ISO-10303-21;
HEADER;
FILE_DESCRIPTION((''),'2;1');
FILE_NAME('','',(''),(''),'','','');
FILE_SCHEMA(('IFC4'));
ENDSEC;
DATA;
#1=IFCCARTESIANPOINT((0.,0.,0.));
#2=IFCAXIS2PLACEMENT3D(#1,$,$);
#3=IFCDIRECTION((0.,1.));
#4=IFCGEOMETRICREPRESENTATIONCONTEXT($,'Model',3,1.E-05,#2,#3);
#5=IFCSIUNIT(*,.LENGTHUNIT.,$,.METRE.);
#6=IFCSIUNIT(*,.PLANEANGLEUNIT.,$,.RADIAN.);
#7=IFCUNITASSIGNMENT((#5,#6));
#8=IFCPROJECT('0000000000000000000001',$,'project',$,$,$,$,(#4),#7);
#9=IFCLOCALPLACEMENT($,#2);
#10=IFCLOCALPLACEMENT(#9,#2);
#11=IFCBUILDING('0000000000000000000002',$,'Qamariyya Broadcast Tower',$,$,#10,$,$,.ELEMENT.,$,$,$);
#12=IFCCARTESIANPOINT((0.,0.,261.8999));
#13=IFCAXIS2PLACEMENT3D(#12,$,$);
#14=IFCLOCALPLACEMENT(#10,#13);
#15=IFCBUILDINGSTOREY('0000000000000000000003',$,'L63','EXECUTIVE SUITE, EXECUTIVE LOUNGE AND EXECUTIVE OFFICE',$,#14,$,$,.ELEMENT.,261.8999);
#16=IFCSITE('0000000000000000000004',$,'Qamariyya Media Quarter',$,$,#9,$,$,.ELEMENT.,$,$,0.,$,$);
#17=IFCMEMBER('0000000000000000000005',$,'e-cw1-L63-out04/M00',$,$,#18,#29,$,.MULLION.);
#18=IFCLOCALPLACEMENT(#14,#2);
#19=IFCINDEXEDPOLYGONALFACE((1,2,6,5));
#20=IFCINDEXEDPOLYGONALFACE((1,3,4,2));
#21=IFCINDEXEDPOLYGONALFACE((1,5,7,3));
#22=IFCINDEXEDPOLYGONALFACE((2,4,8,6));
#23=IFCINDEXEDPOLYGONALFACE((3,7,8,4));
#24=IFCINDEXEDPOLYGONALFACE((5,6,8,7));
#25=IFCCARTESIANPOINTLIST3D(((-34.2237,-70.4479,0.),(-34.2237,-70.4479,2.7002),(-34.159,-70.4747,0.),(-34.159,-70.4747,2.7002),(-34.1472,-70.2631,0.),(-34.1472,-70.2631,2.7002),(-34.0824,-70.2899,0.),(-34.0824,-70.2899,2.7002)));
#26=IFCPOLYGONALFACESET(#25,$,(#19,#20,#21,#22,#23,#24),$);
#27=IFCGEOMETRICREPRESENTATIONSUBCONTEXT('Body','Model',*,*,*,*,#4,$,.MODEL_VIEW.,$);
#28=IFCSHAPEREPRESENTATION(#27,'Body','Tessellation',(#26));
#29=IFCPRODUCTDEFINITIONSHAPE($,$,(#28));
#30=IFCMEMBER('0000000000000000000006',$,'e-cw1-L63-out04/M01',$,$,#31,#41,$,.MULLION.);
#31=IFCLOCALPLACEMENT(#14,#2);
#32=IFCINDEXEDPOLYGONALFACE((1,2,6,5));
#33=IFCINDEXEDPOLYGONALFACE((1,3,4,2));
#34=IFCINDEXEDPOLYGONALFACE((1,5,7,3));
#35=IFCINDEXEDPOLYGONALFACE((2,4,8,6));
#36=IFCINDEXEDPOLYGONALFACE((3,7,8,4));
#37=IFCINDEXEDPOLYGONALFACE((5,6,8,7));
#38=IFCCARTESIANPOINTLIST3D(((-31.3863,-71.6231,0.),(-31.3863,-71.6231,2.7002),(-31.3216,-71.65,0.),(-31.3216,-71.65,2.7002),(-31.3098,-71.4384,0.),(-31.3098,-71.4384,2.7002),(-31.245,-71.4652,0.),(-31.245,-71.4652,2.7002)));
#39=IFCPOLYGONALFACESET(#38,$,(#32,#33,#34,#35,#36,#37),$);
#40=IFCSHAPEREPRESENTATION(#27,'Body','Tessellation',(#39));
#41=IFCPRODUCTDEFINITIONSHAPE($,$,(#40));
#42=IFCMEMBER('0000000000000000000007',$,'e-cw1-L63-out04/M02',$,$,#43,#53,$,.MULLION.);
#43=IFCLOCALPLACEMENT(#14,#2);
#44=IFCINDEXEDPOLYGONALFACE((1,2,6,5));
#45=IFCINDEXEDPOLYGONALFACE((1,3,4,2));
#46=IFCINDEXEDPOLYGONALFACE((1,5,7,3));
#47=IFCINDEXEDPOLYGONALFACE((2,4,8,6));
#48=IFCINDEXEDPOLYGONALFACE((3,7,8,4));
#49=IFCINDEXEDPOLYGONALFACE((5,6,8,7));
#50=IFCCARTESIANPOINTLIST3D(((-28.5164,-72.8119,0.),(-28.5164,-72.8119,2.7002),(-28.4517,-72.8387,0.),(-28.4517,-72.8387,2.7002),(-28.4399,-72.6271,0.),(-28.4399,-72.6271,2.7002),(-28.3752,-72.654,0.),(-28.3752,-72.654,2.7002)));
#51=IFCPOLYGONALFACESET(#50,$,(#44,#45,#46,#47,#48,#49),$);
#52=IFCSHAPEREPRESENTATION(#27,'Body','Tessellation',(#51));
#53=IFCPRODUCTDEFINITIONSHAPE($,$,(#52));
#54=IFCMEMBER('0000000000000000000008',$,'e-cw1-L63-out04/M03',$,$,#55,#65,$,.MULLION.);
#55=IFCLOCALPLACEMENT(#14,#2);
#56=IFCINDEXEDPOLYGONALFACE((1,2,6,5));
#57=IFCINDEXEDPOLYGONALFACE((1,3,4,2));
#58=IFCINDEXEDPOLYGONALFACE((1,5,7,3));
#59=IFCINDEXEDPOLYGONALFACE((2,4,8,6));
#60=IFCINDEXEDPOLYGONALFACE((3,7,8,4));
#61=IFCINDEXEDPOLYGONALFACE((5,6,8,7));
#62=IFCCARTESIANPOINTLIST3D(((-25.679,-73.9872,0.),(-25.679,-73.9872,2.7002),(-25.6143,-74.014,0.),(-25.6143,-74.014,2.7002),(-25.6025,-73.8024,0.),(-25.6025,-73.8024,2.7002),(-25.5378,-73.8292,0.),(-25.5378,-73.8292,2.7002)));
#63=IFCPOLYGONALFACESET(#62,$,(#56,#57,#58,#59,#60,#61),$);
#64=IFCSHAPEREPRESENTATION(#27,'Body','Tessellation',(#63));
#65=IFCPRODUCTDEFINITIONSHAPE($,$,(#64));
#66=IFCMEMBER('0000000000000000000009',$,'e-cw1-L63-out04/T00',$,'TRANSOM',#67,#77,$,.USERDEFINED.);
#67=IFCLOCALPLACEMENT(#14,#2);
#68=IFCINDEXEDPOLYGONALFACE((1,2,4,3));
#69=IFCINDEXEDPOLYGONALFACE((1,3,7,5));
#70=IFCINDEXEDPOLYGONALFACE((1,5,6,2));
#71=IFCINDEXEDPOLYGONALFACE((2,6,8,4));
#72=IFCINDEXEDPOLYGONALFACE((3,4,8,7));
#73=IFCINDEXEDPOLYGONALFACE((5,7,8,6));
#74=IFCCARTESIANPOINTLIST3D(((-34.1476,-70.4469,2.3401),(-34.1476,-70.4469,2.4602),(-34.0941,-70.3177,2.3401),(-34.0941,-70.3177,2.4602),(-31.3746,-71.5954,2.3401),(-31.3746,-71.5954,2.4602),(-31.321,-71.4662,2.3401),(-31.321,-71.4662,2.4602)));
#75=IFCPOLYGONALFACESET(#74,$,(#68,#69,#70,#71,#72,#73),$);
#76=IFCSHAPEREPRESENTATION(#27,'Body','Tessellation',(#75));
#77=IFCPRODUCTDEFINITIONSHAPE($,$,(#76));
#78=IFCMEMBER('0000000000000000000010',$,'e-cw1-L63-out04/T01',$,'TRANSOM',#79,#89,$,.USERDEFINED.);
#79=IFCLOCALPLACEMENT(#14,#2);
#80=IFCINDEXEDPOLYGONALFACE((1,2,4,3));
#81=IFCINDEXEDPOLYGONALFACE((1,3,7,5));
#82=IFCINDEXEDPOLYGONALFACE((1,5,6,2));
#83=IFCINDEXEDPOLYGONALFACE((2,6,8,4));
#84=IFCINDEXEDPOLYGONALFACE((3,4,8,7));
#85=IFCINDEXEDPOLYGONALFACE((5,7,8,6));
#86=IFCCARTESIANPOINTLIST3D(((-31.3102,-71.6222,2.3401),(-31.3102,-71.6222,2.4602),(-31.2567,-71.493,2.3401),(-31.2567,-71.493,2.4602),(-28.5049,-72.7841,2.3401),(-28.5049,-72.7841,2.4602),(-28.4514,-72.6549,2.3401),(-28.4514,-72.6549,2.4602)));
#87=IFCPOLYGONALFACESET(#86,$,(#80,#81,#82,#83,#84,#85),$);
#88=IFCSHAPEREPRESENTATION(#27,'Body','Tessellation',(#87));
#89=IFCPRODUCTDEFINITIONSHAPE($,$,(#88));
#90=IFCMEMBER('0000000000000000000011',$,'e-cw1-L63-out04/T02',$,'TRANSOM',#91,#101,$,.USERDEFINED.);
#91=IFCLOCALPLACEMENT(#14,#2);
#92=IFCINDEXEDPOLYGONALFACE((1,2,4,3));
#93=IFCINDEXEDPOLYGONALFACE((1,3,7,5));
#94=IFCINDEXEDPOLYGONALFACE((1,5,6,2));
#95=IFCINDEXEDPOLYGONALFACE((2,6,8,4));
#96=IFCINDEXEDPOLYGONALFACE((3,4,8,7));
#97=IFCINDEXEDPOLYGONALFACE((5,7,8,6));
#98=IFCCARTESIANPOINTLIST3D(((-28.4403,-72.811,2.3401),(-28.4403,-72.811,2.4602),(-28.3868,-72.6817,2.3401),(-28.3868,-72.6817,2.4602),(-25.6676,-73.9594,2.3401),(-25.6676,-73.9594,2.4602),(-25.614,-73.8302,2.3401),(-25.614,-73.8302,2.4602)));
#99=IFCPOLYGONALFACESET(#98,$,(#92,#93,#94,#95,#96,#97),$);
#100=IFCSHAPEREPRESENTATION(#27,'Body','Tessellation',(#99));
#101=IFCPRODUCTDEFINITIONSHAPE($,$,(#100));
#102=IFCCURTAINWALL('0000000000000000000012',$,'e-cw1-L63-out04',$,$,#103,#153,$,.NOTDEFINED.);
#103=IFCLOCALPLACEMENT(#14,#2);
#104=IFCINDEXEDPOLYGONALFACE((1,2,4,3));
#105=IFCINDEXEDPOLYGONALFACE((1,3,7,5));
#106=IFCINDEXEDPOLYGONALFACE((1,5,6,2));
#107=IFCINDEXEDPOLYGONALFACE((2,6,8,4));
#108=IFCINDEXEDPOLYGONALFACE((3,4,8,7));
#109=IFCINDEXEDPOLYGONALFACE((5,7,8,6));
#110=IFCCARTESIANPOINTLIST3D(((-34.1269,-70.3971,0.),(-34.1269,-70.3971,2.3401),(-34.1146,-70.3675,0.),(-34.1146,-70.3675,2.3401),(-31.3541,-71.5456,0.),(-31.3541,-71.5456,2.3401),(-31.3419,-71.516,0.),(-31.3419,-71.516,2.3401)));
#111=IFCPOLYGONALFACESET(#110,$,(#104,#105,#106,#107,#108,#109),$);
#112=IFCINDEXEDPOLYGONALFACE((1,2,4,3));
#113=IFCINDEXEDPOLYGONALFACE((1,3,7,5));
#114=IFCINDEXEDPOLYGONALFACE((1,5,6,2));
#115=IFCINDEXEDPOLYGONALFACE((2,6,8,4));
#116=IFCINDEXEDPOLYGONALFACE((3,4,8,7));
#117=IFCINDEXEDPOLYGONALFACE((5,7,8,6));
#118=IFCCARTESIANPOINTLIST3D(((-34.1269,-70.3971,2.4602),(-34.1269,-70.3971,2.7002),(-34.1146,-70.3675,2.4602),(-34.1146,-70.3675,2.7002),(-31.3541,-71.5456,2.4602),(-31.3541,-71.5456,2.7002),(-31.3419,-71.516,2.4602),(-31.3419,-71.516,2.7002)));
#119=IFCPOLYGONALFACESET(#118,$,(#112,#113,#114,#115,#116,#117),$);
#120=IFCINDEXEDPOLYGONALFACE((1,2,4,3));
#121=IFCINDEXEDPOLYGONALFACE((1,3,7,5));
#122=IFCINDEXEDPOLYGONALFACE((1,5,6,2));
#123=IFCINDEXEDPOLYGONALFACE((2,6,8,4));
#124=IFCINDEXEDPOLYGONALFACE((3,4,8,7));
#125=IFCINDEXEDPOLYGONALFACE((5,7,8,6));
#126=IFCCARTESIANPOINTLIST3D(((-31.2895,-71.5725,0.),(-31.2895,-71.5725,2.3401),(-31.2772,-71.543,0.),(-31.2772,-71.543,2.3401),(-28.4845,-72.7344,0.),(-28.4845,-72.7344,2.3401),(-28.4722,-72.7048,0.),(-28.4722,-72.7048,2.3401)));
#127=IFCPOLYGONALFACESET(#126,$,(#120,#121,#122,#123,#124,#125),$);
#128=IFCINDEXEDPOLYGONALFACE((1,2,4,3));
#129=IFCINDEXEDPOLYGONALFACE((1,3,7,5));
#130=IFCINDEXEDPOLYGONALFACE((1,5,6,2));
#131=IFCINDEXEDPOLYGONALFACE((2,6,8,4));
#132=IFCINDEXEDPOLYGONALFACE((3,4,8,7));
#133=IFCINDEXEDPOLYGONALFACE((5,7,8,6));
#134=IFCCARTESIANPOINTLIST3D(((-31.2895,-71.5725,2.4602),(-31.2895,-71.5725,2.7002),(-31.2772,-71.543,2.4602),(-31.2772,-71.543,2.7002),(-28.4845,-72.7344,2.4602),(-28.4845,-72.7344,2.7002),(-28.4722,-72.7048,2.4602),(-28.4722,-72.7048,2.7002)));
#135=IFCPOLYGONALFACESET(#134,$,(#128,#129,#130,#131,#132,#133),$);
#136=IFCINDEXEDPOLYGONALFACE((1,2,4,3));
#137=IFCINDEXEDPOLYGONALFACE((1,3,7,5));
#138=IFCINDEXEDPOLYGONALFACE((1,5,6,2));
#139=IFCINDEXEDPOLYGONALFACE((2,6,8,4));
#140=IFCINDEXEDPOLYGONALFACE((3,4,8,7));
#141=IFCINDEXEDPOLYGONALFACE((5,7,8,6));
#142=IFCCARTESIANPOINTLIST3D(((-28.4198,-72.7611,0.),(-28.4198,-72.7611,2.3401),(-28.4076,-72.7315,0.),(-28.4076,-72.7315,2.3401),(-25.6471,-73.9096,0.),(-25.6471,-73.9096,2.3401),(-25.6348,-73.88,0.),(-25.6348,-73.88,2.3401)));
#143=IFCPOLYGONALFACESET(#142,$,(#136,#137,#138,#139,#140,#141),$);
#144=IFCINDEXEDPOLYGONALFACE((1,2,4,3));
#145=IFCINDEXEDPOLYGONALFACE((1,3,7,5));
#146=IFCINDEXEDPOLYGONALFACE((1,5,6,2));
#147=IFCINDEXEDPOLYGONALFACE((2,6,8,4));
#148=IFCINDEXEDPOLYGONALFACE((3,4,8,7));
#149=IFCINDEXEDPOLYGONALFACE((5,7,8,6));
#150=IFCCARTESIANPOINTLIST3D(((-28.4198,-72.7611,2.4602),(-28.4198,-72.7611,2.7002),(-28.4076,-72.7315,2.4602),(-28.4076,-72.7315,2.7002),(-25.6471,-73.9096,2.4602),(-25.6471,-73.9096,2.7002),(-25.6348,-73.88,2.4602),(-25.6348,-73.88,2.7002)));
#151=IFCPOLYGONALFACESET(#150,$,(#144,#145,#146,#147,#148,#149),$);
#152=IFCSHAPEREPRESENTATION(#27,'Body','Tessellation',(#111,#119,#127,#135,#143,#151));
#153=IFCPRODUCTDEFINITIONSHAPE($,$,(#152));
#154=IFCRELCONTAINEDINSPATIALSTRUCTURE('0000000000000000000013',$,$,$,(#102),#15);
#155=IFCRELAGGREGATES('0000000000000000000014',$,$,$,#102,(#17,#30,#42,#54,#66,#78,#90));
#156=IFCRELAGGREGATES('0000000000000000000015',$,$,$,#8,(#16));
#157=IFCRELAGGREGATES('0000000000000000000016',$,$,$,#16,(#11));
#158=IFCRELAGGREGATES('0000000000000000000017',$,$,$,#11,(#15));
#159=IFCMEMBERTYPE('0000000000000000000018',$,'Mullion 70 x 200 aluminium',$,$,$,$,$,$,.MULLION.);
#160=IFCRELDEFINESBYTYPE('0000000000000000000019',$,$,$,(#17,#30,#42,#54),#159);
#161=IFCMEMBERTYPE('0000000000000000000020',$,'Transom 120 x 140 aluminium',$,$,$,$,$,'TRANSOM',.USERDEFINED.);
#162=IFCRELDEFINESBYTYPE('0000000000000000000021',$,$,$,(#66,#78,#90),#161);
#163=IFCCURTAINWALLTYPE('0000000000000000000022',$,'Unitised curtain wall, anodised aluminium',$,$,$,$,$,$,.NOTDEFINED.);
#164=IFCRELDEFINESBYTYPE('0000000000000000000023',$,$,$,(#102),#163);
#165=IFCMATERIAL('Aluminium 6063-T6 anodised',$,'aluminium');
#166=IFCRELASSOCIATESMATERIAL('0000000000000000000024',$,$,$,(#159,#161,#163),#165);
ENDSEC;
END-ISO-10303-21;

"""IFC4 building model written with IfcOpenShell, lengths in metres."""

from ifc_helpers import new_model, si_unit, direction, frame, origin, origin_2d, place, context, subcontext, project, spatial, rectangle, extrude, material, material_profile, profile_set, type_object, element, aggregate, save


model = new_model("IFC4")

# Units and contexts
model_context = context("Model", 3, precision=1e-05, world=origin(), true_north=direction((0.0, 1.0)))
body_context = subcontext(model_context, "Body", "Model", "MODEL_VIEW")
ifc_project = project(units=[si_unit("LENGTHUNIT", "METRE"), si_unit("PLANEANGLEUNIT", "RADIAN")], contexts=[model_context])

# Members
ifc_material_1 = material(Name="Aluminium 6063-T6 anodised", Category="aluminium")
ifc_material_profile_1 = material_profile(ifc_material_1, rectangle(XDim=0.2, YDim=0.0701, at=origin_2d()))
ifc_profile_set_1 = profile_set([ifc_material_profile_1], Name="Aluminium 6063-T6 anodised")
member_type_1 = type_object("IfcMemberType", Name="Mullion 70 x 200 aluminium", PredefinedType="MULLION", material=ifc_profile_set_1)
site_placement = place(None, origin())
building_placement = place(site_placement, origin())
storey_placement = place(building_placement, frame((0.0, 0.0, 261.8999)))
member_1_placement = place(storey_placement, frame((-34.1531, -70.3689, 0.0), z_axis=(0.0, 0.0, 1.0), x_axis=(0.382683, 0.92388, 0.0)))
member_1 = element("IfcMember", 1, at=member_1_placement, type_object=member_type_1, Name="e-cw1-L63-out04/M00", PredefinedType="MULLION", context=body_context, shape_type="SweptSolid", body=[
    extrude(rectangle(XDim=0.2, YDim=0.0701, at=origin_2d()), origin(), (0.0, 0.0, 1.0), 2.7002),
])
member_2_placement = place(storey_placement, frame((-31.3157, -71.5442, 0.0), z_axis=(0.0, 0.0, 1.0), x_axis=(0.382683, 0.92388, 0.0)))
member_2 = element("IfcMember", 2, at=member_2_placement, type_object=member_type_1, Name="e-cw1-L63-out04/M01", PredefinedType="MULLION", context=body_context, shape_type="SweptSolid", body=[
    extrude(rectangle(XDim=0.2, YDim=0.0701, at=origin_2d()), origin(), (0.0, 0.0, 1.0), 2.7002),
])
member_3_placement = place(storey_placement, frame((-28.4458, -72.7329, 0.0), z_axis=(0.0, 0.0, 1.0), x_axis=(0.382683, 0.92388, 0.0)))
member_3 = element("IfcMember", 3, at=member_3_placement, type_object=member_type_1, Name="e-cw1-L63-out04/M02", PredefinedType="MULLION", context=body_context, shape_type="SweptSolid", body=[
    extrude(rectangle(XDim=0.2, YDim=0.0701, at=origin_2d()), origin(), (0.0, 0.0, 1.0), 2.7002),
])
member_4_placement = place(storey_placement, frame((-25.6084, -73.9082, 0.0), z_axis=(0.0, 0.0, 1.0), x_axis=(0.382683, 0.92388, 0.0)))
member_4 = element("IfcMember", 4, at=member_4_placement, type_object=member_type_1, Name="e-cw1-L63-out04/M03", PredefinedType="MULLION", context=body_context, shape_type="SweptSolid", body=[
    extrude(rectangle(XDim=0.2, YDim=0.0701, at=origin_2d()), origin(), (0.0, 0.0, 1.0), 2.7002),
])
ifc_material_profile_2 = material_profile(ifc_material_1, rectangle(XDim=0.1399, YDim=0.1201, at=origin_2d()))
ifc_profile_set_2 = profile_set([ifc_material_profile_2], Name="Aluminium 6063-T6 anodised")
member_type_2 = type_object("IfcMemberType", Name="Transom 120 x 140 aluminium", ElementType="TRANSOM", PredefinedType="USERDEFINED", material=ifc_profile_set_2)
member_5_placement = place(storey_placement, frame((-34.1208, -70.3823, 2.4001), z_axis=(0.923898, -0.382639, 0.0), x_axis=(0.382639, 0.923898, 0.0)))
member_5 = element("IfcMember", 5, at=member_5_placement, type_object=member_type_2, Name="e-cw1-L63-out04/T00", ObjectType="TRANSOM", PredefinedType="USERDEFINED", context=body_context, shape_type="SweptSolid", body=[
    extrude(rectangle(XDim=0.1399, YDim=0.1201, at=origin_2d()), origin(), (0.0, 0.0, 1.0), 3.0015),
])
member_6_placement = place(storey_placement, frame((-31.2834, -71.5576, 2.4001), z_axis=(0.923888, -0.382662, 0.0), x_axis=(0.382662, 0.923888, 0.0)))
member_6 = element("IfcMember", 6, at=member_6_placement, type_object=member_type_2, Name="e-cw1-L63-out04/T01", ObjectType="TRANSOM", PredefinedType="USERDEFINED", context=body_context, shape_type="SweptSolid", body=[
    extrude(rectangle(XDim=0.1399, YDim=0.1201, at=origin_2d()), origin(), (0.0, 0.0, 1.0), 3.0364),
])
member_7_placement = place(storey_placement, frame((-28.4136, -72.7463, 2.4001), z_axis=(0.923886, -0.382668, 0.0), x_axis=(0.382668, 0.923886, 0.0)))
member_7 = element("IfcMember", 7, at=member_7_placement, type_object=member_type_2, Name="e-cw1-L63-out04/T02", ObjectType="TRANSOM", PredefinedType="USERDEFINED", context=body_context, shape_type="SweptSolid", body=[
    extrude(rectangle(XDim=0.1399, YDim=0.1201, at=origin_2d()), origin(), (0.0, 0.0, 1.0), 3.0012),
])

# Site, building, storey
site = spatial("IfcSite", under=ifc_project, at=site_placement, Name="Qamariyya Media Quarter", CompositionType="ELEMENT", RefElevation=0.0)
building = spatial("IfcBuilding", under=site, at=building_placement, Name="Qamariyya Broadcast Tower", CompositionType="ELEMENT")
storey = spatial("IfcBuildingStorey", under=building, at=storey_placement, Name="L63", Description="EXECUTIVE SUITE, EXECUTIVE LOUNGE AND EXECUTIVE OFFICE", CompositionType="ELEMENT", Elevation=261.8999)

# Curtain wall
curtain_wall_type = type_object("IfcCurtainWallType", Name="Unitised curtain wall, anodised aluminium", PredefinedType="NOTDEFINED", material=ifc_material_1)
curtain_wall_1_placement = place(storey_placement, origin())
curtain_wall_1 = element("IfcCurtainWall", 8, at=curtain_wall_1_placement, inside=storey, type_object=curtain_wall_type, Name="e-cw1-L63-out04", PredefinedType="NOTDEFINED", context=body_context, shape_type="SweptSolid", body=[
    extrude(rectangle(XDim=3.0012, YDim=0.032, at=origin_2d()), frame((-32.7344, -70.9565, 0.0), x_axis=(0.923878, -0.382687, 0.0)), (0.0, 0.0, 1.0), 2.3401),
    extrude(rectangle(XDim=3.0012, YDim=0.032, at=origin_2d()), frame((-32.7344, -70.9565, 2.4602), x_axis=(0.923878, -0.382687, 0.0)), (0.0, 0.0, 1.0), 0.24),
    extrude(rectangle(XDim=3.0361, YDim=0.032, at=origin_2d()), frame((-29.8809, -72.1387, 0.0), x_axis=(0.923878, -0.382687, 0.0)), (0.0, 0.0, 1.0), 2.3401),
    extrude(rectangle(XDim=3.0361, YDim=0.032, at=origin_2d()), frame((-29.8809, -72.1387, 2.4602), x_axis=(0.923878, -0.382687, 0.0)), (0.0, 0.0, 1.0), 0.24),
    extrude(rectangle(XDim=3.0012, YDim=0.032, at=origin_2d()), frame((-27.0273, -73.3206, 0.0), x_axis=(0.923878, -0.382687, 0.0)), (0.0, 0.0, 1.0), 2.3401),
    extrude(rectangle(XDim=3.0012, YDim=0.032, at=origin_2d()), frame((-27.0273, -73.3206, 2.4602), x_axis=(0.923878, -0.382687, 0.0)), (0.0, 0.0, 1.0), 0.24),
])
aggregate(curtain_wall_1, [member_1, member_2, member_3, member_4, member_5, member_6, member_7])

save(model, "model.ifc")
